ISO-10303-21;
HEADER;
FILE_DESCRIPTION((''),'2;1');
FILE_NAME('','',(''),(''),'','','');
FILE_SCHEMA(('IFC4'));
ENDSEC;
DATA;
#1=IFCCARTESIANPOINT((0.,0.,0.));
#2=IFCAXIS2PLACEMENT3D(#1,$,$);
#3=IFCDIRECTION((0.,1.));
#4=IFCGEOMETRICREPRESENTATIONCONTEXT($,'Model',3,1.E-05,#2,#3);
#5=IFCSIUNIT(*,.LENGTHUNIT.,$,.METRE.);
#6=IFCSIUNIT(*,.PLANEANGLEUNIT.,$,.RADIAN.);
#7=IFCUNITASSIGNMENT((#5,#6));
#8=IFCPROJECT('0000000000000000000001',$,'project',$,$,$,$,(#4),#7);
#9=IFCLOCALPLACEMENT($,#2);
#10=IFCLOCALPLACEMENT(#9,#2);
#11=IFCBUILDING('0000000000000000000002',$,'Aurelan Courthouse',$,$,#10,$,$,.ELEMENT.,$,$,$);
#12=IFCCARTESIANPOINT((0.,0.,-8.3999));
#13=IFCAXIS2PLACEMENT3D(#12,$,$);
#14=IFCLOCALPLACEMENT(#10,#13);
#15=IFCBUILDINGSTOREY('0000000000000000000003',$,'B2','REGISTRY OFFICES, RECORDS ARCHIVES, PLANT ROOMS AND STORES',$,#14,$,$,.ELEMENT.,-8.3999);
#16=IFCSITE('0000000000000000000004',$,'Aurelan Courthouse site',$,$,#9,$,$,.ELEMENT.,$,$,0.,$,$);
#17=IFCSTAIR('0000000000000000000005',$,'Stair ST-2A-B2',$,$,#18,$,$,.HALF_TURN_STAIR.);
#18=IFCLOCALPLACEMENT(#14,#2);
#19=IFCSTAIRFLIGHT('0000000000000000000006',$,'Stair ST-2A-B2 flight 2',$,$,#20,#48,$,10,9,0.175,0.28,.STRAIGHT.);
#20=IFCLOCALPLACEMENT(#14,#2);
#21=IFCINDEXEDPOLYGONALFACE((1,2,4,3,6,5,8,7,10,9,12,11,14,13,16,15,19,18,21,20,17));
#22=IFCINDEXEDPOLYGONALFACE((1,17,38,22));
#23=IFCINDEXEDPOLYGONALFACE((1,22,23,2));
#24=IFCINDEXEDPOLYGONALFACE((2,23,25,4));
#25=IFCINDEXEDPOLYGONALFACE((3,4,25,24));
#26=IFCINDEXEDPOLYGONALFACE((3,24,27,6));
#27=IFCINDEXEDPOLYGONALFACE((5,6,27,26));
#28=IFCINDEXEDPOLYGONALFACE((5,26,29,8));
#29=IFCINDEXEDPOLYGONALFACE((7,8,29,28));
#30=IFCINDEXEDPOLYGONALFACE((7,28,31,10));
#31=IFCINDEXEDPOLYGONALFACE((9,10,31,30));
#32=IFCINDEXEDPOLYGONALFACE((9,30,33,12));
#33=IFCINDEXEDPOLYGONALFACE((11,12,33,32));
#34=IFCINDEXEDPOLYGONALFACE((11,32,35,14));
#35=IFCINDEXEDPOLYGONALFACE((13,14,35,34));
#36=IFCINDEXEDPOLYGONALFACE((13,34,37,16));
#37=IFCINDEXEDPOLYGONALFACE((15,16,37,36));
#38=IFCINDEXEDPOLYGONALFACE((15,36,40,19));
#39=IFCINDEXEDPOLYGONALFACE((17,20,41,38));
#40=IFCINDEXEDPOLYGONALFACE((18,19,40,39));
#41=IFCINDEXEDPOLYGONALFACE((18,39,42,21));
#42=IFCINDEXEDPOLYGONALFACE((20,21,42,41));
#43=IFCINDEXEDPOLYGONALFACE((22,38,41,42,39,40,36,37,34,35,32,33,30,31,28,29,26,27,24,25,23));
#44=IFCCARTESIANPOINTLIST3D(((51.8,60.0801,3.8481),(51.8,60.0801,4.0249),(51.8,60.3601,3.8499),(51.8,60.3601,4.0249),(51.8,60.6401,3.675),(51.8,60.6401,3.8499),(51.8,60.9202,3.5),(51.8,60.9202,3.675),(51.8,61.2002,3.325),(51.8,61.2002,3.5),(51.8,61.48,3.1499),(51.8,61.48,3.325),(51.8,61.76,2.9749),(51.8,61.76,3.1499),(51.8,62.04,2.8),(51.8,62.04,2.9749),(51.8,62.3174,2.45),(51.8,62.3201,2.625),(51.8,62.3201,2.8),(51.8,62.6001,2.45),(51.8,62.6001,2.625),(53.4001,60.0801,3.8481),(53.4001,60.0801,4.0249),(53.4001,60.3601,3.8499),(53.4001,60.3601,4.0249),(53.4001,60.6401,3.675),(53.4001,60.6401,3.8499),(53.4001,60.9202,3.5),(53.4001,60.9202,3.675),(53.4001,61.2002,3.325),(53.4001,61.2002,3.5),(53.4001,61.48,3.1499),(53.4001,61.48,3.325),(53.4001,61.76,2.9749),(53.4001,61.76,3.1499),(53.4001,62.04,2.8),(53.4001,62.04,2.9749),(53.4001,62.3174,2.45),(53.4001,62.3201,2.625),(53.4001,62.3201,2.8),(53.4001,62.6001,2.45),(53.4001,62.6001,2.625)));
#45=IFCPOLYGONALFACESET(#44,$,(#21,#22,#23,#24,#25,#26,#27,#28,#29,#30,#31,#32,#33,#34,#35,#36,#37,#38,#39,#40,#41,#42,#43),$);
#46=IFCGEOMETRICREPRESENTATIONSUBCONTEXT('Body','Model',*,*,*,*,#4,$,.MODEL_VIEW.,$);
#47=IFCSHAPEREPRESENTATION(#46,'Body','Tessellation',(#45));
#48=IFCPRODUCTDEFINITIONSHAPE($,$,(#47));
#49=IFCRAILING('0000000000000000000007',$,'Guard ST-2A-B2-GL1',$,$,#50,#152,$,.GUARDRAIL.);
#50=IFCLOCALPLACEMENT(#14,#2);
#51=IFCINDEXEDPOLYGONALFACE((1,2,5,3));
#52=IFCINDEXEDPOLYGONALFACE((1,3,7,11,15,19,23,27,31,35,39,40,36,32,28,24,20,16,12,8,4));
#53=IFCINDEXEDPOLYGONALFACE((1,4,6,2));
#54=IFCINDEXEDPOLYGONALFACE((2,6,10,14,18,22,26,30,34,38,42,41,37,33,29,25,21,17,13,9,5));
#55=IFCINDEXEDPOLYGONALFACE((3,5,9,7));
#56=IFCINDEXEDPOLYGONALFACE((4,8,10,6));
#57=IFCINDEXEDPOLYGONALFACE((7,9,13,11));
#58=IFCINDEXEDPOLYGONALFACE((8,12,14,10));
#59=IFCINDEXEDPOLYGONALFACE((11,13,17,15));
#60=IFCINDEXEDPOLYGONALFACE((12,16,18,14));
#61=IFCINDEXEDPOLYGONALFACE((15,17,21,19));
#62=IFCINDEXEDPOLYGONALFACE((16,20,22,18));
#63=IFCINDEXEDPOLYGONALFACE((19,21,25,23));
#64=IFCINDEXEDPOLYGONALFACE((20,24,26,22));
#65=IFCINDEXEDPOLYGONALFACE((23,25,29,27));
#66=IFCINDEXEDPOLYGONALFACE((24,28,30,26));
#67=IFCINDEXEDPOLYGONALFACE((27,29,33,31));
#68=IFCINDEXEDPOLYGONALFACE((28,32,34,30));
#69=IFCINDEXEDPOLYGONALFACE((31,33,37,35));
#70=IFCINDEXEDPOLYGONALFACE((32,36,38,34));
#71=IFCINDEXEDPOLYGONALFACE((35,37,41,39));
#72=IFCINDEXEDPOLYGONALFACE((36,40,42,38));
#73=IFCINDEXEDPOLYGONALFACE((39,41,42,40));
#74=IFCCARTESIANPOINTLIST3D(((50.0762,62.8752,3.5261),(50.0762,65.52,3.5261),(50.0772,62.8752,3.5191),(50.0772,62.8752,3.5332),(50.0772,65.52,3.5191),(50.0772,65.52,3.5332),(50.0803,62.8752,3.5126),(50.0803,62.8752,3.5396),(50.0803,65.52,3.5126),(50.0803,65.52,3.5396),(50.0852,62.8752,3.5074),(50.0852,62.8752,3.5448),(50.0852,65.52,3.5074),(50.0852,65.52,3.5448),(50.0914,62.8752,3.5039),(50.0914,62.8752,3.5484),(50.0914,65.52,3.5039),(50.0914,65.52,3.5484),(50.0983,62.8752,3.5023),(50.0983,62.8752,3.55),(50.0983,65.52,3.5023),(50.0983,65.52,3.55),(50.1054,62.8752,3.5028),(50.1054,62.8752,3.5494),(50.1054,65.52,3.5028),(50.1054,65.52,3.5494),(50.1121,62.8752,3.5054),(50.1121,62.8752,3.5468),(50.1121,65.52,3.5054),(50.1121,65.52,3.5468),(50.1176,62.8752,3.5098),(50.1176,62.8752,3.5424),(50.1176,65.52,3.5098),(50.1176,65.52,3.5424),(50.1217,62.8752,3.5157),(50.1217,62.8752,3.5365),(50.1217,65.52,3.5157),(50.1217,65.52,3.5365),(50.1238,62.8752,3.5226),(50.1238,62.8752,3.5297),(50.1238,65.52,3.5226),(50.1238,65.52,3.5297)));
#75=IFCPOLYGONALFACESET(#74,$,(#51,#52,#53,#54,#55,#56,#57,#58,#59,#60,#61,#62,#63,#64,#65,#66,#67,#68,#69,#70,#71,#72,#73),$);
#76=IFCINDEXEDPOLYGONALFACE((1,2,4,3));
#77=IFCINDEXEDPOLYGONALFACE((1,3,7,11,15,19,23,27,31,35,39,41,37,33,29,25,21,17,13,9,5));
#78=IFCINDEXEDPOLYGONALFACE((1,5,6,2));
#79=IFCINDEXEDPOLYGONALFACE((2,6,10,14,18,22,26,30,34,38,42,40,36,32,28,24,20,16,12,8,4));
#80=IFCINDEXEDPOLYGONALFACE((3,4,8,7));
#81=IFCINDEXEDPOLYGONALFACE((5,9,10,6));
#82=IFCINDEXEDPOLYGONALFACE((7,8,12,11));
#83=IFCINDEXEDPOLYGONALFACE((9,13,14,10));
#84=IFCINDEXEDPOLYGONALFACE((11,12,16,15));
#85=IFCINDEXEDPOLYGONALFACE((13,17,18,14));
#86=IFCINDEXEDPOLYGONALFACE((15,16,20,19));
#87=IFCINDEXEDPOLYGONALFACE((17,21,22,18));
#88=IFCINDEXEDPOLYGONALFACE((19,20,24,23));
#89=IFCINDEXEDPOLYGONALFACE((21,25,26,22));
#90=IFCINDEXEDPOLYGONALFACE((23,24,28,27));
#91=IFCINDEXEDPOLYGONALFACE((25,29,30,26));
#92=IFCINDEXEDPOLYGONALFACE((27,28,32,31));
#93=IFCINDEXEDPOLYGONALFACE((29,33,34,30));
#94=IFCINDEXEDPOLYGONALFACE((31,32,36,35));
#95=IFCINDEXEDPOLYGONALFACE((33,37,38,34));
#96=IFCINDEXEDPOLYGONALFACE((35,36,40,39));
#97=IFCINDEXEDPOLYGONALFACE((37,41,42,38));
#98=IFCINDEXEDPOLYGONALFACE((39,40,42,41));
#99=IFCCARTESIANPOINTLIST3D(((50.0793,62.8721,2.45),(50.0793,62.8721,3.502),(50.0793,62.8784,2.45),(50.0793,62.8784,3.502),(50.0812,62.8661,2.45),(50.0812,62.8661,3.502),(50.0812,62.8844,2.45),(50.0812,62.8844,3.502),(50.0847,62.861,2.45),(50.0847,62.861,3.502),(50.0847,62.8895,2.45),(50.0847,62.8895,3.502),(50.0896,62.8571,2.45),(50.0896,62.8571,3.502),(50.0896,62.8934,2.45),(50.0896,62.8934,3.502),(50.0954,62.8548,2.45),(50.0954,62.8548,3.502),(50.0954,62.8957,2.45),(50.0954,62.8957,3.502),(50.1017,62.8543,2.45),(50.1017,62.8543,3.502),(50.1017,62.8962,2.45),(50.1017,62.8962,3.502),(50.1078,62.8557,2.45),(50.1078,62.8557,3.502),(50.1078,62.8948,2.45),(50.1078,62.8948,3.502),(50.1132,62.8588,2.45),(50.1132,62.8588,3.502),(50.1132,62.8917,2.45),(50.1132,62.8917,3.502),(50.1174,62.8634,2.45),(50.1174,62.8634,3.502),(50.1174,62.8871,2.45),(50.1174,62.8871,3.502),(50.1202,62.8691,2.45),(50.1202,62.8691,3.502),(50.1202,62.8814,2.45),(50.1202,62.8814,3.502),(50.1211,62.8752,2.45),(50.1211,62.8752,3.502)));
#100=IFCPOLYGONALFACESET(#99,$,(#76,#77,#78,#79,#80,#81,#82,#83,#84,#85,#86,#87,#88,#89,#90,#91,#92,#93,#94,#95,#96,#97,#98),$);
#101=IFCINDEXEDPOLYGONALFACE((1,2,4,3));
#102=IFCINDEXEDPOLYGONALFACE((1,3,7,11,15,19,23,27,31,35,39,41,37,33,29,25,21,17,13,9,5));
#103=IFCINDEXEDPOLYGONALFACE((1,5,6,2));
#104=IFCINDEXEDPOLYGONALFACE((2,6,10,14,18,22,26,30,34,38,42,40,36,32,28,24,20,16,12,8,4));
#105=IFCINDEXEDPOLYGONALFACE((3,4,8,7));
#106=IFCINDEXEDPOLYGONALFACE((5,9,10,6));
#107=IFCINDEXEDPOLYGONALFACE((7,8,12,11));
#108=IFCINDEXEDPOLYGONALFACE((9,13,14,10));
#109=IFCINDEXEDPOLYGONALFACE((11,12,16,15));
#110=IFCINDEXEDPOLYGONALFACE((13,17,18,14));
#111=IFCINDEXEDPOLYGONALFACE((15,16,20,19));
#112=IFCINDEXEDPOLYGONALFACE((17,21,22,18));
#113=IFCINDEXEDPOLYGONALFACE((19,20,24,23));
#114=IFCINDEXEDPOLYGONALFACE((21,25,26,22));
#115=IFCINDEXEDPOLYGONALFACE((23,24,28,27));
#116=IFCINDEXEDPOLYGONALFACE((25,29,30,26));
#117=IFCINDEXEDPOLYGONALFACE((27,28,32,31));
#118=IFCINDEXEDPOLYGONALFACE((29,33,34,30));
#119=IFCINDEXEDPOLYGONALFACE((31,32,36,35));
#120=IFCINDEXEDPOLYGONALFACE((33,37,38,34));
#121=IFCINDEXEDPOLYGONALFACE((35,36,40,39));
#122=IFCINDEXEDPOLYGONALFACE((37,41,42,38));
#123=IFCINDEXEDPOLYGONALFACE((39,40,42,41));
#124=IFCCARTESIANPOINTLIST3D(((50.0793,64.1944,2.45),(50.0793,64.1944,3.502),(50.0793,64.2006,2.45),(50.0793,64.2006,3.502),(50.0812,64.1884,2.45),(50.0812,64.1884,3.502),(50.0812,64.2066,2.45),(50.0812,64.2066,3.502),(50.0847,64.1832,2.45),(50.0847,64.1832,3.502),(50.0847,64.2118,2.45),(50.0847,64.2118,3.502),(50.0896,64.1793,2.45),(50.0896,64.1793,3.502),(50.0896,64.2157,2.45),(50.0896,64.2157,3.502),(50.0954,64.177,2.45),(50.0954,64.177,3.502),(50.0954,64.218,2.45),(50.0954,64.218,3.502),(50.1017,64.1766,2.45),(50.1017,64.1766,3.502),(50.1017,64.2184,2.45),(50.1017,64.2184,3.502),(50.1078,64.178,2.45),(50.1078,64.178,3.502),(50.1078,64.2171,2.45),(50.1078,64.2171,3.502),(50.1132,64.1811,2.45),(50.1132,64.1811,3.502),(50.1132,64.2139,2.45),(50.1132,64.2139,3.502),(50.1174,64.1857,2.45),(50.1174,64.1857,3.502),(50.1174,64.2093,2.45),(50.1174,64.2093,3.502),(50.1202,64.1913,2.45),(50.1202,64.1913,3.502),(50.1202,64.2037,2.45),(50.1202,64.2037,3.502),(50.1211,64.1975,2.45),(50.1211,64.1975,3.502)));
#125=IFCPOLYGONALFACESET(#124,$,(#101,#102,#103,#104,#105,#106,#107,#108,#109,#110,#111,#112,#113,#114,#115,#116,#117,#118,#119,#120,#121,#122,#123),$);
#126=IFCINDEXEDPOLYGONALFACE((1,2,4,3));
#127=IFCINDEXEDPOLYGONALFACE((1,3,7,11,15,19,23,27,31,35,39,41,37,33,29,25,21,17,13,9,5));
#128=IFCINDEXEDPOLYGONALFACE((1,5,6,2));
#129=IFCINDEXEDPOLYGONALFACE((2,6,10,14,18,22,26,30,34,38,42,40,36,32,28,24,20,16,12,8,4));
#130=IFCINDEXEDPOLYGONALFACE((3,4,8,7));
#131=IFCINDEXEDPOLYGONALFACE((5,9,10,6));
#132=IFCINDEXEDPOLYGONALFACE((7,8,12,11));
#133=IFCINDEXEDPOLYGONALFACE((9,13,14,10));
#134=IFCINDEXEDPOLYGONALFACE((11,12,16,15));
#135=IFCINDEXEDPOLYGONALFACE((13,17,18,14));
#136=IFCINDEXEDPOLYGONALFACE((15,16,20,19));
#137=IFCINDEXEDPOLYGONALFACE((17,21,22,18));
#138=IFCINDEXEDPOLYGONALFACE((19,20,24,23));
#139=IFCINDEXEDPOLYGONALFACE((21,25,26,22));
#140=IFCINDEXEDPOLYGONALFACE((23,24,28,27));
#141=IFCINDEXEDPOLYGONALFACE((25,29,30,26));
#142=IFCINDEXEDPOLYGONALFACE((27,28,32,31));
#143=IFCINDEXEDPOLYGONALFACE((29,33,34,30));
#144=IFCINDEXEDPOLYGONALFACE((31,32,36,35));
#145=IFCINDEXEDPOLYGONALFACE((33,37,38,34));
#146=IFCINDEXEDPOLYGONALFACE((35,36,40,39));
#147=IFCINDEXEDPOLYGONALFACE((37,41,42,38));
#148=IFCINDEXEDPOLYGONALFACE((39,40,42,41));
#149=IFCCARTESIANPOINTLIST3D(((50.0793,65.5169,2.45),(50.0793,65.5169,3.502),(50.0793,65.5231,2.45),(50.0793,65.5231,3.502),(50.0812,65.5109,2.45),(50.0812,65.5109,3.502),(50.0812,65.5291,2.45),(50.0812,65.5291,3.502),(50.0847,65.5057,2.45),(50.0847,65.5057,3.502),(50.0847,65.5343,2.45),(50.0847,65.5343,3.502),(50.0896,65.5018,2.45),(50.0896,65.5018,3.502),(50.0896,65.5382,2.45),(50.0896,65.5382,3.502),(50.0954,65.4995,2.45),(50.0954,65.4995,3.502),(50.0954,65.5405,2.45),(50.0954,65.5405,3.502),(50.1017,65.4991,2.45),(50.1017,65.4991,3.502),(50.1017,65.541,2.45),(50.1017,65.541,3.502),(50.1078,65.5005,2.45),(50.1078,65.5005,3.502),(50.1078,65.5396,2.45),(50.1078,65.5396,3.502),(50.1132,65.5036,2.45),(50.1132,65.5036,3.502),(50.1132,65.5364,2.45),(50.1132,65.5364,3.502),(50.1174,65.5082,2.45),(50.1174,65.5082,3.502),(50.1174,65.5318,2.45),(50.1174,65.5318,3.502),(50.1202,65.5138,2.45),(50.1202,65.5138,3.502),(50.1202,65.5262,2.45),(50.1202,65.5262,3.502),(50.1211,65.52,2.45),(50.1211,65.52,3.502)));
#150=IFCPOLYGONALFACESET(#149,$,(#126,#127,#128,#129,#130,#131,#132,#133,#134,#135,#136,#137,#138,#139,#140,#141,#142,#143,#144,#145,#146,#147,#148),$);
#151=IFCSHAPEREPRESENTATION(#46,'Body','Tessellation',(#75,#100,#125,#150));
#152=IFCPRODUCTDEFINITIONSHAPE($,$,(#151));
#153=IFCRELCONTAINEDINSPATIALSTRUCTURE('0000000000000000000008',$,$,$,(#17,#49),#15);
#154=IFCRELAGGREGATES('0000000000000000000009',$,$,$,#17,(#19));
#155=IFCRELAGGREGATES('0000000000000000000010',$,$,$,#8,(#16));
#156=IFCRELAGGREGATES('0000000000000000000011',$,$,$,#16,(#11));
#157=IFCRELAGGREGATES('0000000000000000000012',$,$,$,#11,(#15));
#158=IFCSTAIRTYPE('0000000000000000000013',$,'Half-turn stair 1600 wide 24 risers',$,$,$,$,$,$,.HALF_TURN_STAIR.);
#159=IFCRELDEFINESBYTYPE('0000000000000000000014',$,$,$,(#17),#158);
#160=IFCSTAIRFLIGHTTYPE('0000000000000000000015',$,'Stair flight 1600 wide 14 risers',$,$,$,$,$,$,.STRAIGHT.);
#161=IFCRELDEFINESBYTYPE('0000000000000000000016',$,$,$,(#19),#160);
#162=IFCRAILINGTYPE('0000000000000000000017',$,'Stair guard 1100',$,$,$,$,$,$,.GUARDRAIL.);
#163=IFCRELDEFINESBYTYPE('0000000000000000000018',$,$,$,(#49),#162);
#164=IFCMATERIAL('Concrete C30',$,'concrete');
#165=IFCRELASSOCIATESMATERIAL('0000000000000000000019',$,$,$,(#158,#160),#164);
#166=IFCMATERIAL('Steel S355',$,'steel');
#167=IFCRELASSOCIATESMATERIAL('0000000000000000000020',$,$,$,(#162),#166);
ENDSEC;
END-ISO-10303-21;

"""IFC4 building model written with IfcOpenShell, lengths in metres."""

from ifc_helpers import new_model, si_unit, direction, frame, origin, origin_2d, place, context, subcontext, project, spatial, polyline, circle, outline, extrude, material, type_object, element, aggregate, save


model = new_model("IFC4")

# Units and contexts
model_context = context("Model", 3, precision=1e-05, world=origin(), true_north=direction((0.0, 1.0)))
body_context = subcontext(model_context, "Body", "Model", "MODEL_VIEW")
ifc_project = project(units=[si_unit("LENGTHUNIT", "METRE"), si_unit("PLANEANGLEUNIT", "RADIAN")], contexts=[model_context])

# Site, building, storey
site_placement = place(None, origin())
site = spatial("IfcSite", under=ifc_project, at=site_placement, Name="Aurelan Courthouse site", CompositionType="ELEMENT", RefElevation=0.0)
building_placement = place(site_placement, origin())
building = spatial("IfcBuilding", under=site, at=building_placement, Name="Aurelan Courthouse", CompositionType="ELEMENT")
storey_placement = place(building_placement, frame((0.0, 0.0, -8.3999)))
storey = spatial("IfcBuildingStorey", under=building, at=storey_placement, Name="B2", Description="REGISTRY OFFICES, RECORDS ARCHIVES, PLANT ROOMS AND STORES", CompositionType="ELEMENT", Elevation=-8.3999)

# Shared definitions
ifc_material_1 = material(Name="Concrete C30", Category="concrete")

# Stair, stair flight
stair_type = type_object("IfcStairType", Name="Half-turn stair 1600 wide 24 risers", PredefinedType="HALF_TURN_STAIR", material=ifc_material_1)
stair_placement = place(storey_placement, origin())
stair = element("IfcStair", 1, at=stair_placement, inside=storey, type_object=stair_type, Name="Stair ST-2A-B2", PredefinedType="HALF_TURN_STAIR")
stair_flight_type = type_object("IfcStairFlightType", Name="Stair flight 1600 wide 14 risers", PredefinedType="STRAIGHT", material=ifc_material_1)
stair_flight_1_placement = place(storey_placement, frame((52.6001, 62.6001, 2.45), z_axis=(0.0, 0.0, 1.0), x_axis=(0.0, -1.0, 0.0)))
stair_flight_1 = element("IfcStairFlight", 2, at=stair_flight_1_placement, type_object=stair_flight_type, Name="Stair ST-2A-B2 flight 2", NumberOfRisers=10, NumberOfTreads=9, PredefinedType="STRAIGHT", RiserHeight=0.175, TreadLength=0.28, context=body_context, shape_type="SweptSolid", body=[
    extrude(outline(polyline([(0.0, 0.0), (0.0, 0.175), (0.28, 0.175), (0.28, 0.3501), (0.5601, 0.3501), (0.5601, 0.5249), (0.8401, 0.5249), (0.8401, 0.7), (1.1201, 0.7), (1.1201, 0.875), (1.3999, 0.875), (1.3999, 1.05), (1.6799, 1.05), (1.6799, 1.2251), (1.96, 1.2251), (1.96, 1.3999), (2.24, 1.3999), (2.24, 1.575), (2.52, 1.575), (2.52, 1.75), (2.52, 1.3982), (0.2827, 0.0), (0.0, 0.0)])), frame((0.0, 0.8, 0.0), z_axis=(0.0, -1.0, 0.0), x_axis=(1.0, 0.0, 0.0)), (0.0, 0.0, 1.0), 1.6001),
])
aggregate(stair, [stair_flight_1])

# Railing
ifc_material_2 = material(Name="Steel S355", Category="steel")
railing_type_1 = type_object("IfcRailingType", Name="Stair guard 1100", PredefinedType="GUARDRAIL", material=ifc_material_2)
railing_1_placement = place(storey_placement, frame((50.1001, 62.8752, 2.45)))
element("IfcRailing", 3, at=railing_1_placement, inside=storey, type_object=railing_type_1, Name="Guard ST-2A-B2-GL1", PredefinedType="GUARDRAIL", context=body_context, shape_type="SweptSolid", body=[
    extrude(circle(Radius=0.0239, at=origin_2d()), frame((0.0, 0.0, 1.0762), z_axis=(0.0, 1.0, 0.0), x_axis=(-1.0, 0.0, 0.0)), (0.0, 0.0, 1.0), 2.6448),
    extrude(circle(Radius=0.021, at=origin_2d()), origin(), (0.0, 0.0, 1.0), 1.052),
    extrude(circle(Radius=0.021, at=origin_2d()), frame((0.0, 1.3223, 0.0)), (0.0, 0.0, 1.0), 1.052),
    extrude(circle(Radius=0.021, at=origin_2d()), frame((0.0, 2.6448, 0.0)), (0.0, 0.0, 1.0), 1.052),
])

save(model, "model.ifc")
